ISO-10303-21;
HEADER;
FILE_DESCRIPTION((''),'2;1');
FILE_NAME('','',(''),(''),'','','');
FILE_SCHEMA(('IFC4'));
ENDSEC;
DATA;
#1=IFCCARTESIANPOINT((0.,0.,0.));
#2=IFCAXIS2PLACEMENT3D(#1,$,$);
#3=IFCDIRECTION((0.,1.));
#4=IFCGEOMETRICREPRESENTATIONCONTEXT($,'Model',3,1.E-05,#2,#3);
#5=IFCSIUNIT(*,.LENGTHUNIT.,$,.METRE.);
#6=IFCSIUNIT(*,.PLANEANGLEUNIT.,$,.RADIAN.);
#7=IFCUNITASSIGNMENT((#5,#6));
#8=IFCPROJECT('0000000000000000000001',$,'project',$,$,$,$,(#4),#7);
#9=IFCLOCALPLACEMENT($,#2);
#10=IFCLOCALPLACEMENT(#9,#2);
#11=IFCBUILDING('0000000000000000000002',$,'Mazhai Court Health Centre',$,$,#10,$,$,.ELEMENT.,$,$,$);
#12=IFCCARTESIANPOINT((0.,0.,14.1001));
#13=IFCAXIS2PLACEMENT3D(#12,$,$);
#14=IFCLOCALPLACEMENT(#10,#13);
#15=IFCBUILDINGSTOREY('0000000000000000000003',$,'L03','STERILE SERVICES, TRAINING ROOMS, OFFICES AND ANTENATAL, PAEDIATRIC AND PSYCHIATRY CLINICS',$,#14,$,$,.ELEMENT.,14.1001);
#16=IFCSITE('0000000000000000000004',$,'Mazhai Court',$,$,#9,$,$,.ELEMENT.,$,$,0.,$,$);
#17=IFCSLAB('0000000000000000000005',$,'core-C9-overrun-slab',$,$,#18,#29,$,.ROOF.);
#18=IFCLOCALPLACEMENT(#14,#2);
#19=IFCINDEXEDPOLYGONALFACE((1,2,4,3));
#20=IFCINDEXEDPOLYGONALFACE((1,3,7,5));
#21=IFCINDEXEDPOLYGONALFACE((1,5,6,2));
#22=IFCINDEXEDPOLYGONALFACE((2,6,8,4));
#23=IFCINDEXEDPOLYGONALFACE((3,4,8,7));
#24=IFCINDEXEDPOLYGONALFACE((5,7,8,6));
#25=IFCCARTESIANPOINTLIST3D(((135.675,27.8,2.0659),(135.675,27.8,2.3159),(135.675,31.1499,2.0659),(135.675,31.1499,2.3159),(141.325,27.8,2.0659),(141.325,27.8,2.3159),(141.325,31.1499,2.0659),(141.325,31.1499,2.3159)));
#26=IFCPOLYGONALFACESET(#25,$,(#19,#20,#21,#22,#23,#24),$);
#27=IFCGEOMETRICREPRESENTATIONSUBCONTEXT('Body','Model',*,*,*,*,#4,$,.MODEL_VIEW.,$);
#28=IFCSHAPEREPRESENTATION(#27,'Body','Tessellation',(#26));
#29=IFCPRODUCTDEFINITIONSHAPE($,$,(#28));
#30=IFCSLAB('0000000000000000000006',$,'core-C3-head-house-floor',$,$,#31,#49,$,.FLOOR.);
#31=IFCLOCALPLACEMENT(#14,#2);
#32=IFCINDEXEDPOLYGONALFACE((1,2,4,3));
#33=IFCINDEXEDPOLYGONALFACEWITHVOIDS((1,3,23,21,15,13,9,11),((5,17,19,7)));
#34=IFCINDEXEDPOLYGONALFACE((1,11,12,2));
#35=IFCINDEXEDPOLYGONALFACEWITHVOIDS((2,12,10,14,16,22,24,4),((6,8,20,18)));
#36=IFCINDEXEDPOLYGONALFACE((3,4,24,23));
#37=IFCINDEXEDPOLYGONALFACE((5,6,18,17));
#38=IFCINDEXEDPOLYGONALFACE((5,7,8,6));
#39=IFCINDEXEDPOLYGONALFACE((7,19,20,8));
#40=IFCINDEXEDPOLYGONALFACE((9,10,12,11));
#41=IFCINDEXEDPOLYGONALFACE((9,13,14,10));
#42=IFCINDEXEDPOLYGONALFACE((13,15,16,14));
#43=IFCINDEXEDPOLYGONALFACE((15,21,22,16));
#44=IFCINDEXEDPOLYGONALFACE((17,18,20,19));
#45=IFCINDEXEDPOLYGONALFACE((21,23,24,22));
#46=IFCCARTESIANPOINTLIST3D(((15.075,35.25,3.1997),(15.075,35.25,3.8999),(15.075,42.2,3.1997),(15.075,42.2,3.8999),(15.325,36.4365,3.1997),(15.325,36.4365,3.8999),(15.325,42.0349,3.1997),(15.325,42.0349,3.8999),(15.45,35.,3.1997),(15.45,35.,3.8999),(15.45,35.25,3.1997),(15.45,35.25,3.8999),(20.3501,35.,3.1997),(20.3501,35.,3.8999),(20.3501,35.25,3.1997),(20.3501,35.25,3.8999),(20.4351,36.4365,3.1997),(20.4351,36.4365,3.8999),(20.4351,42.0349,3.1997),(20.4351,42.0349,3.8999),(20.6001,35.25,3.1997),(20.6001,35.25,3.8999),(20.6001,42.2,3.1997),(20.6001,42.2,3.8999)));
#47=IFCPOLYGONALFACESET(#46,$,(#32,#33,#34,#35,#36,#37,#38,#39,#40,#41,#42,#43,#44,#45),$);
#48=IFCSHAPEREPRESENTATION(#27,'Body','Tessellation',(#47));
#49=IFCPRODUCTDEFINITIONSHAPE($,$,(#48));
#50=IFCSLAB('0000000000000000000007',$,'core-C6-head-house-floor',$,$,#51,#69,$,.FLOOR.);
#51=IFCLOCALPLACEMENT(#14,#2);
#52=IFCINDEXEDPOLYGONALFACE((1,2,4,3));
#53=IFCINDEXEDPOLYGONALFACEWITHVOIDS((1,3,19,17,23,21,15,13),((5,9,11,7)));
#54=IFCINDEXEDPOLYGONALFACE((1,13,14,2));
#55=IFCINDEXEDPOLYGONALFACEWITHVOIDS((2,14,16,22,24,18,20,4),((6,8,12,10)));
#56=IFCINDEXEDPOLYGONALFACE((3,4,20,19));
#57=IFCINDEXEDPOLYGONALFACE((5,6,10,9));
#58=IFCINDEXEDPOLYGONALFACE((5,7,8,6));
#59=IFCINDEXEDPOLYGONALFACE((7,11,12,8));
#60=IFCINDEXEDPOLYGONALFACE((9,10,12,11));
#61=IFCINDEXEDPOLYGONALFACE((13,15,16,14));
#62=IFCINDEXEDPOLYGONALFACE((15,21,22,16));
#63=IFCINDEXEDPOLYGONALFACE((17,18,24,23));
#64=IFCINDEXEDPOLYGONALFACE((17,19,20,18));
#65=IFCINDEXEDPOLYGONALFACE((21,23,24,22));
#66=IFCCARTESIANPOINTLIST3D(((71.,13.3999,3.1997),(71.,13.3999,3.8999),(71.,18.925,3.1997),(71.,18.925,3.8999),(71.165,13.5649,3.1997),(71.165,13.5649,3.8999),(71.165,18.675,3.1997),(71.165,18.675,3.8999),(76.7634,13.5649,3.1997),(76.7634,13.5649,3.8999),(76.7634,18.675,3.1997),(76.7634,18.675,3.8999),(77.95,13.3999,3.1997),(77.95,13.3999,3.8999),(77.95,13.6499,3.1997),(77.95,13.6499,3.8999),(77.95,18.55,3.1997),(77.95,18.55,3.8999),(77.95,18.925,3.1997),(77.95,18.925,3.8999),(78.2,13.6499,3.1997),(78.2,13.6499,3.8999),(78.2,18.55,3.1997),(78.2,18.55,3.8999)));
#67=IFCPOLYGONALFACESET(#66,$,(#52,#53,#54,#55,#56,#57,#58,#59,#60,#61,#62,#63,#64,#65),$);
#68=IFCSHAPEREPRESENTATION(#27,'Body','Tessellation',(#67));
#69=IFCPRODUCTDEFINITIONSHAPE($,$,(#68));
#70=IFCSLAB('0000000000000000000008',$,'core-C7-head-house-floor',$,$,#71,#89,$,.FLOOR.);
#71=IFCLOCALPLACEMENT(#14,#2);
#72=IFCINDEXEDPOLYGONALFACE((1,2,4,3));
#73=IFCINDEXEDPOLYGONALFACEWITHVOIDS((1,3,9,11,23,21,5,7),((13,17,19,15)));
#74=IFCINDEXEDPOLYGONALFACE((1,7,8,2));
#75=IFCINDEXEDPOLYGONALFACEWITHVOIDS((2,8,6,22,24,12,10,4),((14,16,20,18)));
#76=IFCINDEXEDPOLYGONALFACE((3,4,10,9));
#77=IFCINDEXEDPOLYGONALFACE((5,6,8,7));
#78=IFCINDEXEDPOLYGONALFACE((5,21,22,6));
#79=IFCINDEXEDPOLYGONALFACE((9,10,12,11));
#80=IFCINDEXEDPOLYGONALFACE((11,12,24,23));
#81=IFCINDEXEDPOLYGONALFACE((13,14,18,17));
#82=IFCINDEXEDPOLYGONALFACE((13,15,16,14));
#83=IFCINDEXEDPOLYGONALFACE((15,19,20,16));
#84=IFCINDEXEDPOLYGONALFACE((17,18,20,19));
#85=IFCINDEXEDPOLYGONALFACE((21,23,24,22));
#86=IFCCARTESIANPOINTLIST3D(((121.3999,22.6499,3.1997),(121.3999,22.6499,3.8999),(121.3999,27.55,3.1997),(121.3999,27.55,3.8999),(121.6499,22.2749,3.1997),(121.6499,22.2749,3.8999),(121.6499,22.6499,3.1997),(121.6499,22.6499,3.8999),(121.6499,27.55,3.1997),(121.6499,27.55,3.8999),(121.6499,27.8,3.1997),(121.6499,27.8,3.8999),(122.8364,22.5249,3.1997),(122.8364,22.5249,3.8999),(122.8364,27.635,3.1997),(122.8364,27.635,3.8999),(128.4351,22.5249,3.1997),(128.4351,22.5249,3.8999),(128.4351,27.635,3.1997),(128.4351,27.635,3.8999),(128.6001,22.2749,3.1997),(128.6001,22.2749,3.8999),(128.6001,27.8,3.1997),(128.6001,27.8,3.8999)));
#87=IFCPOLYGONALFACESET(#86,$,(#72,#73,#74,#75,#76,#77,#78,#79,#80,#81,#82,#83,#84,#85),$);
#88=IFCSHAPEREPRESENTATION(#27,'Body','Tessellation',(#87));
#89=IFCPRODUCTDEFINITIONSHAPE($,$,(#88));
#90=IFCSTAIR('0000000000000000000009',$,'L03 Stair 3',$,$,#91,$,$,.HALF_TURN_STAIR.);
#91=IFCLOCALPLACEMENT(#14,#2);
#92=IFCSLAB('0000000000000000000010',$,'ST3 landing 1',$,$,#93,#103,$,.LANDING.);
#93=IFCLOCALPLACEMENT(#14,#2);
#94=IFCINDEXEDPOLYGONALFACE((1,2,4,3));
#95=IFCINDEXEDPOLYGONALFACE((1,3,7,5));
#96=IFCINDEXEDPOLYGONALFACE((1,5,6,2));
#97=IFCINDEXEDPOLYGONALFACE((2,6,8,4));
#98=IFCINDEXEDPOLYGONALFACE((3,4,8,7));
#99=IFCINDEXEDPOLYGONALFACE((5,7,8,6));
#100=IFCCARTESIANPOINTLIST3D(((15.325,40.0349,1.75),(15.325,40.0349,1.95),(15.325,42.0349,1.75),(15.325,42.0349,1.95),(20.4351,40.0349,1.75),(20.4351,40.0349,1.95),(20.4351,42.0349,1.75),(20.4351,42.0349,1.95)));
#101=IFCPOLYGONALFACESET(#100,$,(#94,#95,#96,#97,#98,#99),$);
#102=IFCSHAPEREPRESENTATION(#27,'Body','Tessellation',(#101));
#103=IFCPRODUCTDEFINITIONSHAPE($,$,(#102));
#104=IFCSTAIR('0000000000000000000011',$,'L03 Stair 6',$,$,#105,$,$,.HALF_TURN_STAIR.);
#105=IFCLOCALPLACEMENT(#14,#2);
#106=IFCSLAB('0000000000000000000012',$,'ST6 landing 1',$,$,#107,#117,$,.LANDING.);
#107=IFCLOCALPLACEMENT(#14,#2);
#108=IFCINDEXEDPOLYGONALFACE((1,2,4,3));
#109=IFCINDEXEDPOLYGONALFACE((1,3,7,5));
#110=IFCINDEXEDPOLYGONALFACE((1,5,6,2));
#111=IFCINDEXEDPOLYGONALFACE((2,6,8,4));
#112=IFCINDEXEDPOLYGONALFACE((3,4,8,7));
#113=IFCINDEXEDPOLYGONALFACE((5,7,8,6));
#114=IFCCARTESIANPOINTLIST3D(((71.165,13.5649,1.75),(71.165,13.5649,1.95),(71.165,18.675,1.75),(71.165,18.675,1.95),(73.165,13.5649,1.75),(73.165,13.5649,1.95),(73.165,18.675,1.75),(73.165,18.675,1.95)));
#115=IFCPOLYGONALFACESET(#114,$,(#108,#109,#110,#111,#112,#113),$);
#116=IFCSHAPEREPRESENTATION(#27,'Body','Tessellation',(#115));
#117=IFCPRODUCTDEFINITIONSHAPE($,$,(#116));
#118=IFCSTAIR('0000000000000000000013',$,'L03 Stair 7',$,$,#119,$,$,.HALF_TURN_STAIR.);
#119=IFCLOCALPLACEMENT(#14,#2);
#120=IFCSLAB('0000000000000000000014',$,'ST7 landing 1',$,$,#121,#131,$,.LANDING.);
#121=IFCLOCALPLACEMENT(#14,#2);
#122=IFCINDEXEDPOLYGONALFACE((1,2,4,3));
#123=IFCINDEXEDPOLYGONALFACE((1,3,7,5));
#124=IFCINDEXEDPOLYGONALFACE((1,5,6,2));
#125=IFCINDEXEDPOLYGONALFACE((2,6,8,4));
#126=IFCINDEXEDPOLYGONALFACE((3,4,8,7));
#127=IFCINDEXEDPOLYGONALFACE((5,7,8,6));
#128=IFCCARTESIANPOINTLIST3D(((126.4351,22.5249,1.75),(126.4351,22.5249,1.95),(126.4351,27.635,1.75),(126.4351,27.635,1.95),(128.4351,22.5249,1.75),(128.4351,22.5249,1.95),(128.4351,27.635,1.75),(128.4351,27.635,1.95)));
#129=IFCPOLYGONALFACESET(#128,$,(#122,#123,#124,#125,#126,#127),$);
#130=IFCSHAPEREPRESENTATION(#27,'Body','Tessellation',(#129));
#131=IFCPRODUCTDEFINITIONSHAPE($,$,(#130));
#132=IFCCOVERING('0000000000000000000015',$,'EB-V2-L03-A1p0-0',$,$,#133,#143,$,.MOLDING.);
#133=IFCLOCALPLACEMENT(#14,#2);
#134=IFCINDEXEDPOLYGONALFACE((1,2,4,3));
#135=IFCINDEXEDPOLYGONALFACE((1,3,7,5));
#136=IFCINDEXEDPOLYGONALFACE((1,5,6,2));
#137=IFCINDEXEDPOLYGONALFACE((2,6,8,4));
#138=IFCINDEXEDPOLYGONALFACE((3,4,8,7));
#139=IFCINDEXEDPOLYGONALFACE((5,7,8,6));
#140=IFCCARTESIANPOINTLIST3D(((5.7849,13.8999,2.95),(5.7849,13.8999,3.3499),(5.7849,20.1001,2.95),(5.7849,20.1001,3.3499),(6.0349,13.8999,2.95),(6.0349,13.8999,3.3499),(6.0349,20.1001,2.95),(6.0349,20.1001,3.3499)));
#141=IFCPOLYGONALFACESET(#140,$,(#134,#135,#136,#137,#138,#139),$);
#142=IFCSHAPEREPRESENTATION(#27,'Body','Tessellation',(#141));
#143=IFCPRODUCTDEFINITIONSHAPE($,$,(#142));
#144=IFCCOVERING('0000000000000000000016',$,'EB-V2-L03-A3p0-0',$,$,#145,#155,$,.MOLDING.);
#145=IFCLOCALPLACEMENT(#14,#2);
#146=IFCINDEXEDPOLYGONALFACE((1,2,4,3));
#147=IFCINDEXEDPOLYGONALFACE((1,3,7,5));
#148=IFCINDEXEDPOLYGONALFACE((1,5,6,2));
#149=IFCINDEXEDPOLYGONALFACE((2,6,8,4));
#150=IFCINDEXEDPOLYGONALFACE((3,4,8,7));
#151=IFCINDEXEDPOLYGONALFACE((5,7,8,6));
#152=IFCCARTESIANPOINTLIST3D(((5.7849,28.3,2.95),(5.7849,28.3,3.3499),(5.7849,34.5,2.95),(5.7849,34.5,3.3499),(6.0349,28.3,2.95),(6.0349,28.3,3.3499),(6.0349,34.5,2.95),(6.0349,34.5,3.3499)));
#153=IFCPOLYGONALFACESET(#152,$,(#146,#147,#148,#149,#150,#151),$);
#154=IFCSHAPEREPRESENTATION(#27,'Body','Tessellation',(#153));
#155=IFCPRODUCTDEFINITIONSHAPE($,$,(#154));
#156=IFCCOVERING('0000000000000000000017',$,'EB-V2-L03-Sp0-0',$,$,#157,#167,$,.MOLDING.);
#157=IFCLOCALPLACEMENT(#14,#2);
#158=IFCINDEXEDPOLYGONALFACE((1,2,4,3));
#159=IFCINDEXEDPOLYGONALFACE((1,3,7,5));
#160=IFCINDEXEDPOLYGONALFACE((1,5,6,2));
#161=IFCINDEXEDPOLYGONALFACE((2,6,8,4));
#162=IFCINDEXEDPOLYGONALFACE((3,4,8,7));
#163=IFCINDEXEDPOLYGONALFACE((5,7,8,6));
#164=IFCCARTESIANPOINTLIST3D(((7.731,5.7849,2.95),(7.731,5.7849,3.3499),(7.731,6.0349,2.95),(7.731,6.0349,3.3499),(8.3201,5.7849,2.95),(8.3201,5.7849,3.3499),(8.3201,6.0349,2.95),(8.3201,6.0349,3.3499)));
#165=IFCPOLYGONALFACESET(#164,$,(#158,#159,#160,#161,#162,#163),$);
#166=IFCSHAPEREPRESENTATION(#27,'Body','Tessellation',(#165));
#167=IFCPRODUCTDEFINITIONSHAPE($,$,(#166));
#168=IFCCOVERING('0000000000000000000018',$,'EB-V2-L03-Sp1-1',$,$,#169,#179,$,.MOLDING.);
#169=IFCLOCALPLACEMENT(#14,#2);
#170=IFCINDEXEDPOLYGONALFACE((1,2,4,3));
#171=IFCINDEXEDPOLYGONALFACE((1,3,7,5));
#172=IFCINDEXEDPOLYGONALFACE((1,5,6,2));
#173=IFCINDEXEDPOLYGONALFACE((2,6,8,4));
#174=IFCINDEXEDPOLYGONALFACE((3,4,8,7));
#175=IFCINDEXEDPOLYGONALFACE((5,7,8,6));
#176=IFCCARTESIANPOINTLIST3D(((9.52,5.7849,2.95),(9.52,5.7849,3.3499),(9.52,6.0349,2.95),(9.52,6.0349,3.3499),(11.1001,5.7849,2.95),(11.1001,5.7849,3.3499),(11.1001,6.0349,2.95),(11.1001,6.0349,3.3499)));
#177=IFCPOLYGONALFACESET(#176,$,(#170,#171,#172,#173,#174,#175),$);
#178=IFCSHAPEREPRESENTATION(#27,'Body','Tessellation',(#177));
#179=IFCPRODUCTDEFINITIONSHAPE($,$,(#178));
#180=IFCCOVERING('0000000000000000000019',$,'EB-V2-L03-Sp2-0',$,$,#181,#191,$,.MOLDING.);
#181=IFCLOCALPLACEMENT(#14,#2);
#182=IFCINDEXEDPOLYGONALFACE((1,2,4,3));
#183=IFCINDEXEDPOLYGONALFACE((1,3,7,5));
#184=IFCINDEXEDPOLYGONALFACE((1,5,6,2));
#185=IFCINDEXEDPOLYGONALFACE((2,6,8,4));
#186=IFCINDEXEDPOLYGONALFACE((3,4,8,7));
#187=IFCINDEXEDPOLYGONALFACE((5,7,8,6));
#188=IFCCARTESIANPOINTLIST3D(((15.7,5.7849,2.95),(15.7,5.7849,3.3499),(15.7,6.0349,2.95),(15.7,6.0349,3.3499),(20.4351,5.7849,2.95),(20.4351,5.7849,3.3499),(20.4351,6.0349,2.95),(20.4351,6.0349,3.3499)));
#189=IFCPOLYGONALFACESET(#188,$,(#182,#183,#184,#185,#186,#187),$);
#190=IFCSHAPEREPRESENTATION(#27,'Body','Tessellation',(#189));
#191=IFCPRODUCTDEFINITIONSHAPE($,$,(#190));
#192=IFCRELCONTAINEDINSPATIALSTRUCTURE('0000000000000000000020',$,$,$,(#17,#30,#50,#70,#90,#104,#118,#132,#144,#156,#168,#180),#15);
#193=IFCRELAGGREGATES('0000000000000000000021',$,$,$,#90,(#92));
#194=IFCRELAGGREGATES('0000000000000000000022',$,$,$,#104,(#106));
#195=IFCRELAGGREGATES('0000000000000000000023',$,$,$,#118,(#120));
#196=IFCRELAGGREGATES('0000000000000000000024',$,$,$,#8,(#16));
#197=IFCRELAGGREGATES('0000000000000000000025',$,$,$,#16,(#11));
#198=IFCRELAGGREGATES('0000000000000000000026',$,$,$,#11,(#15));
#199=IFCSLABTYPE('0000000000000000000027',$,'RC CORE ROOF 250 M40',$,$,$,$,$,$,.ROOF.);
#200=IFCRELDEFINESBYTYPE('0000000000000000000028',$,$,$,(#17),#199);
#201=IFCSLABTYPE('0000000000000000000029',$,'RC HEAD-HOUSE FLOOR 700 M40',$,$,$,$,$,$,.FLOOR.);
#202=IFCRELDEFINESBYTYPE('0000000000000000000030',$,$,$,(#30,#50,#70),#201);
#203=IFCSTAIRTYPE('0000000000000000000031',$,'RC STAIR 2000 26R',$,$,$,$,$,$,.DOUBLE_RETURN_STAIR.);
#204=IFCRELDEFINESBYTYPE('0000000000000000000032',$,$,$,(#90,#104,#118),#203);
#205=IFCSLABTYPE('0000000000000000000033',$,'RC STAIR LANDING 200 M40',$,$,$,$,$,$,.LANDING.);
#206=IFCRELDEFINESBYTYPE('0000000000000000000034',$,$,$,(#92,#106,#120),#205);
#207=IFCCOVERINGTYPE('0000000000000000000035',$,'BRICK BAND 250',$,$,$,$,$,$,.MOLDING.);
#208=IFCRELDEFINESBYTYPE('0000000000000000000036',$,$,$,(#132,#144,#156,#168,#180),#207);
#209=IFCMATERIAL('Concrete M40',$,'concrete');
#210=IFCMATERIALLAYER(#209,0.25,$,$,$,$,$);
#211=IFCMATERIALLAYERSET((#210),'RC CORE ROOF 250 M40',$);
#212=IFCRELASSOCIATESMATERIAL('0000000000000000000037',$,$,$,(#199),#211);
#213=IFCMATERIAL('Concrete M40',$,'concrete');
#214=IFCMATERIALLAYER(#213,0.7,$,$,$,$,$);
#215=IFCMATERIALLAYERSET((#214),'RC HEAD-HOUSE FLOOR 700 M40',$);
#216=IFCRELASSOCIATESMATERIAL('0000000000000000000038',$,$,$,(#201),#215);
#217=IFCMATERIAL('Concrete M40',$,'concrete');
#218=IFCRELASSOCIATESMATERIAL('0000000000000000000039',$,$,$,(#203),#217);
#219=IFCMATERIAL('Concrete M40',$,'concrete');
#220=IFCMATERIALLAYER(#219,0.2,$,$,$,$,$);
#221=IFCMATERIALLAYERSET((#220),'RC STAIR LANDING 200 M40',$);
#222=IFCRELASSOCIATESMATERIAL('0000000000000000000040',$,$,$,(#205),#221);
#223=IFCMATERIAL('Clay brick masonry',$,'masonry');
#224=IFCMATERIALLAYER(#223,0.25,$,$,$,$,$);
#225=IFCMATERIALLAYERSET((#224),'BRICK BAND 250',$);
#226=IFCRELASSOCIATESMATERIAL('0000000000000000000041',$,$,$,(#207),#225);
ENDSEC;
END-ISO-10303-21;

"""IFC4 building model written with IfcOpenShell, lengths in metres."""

from ifc_helpers import new_model, si_unit, direction, frame, origin, place, context, subcontext, project, spatial, polyline, outline, extrude, material, layer, layer_set, type_object, element, aggregate, save


model = new_model("IFC4")

# Units and contexts
model_context = context("Model", 3, precision=1e-05, world=origin(), true_north=direction((0.0, 1.0)))
body_context = subcontext(model_context, "Body", "Model", "MODEL_VIEW")
ifc_project = project(units=[si_unit("LENGTHUNIT", "METRE"), si_unit("PLANEANGLEUNIT", "RADIAN")], contexts=[model_context])

# Site, building, storey
site_placement = place(None, origin())
site = spatial("IfcSite", under=ifc_project, at=site_placement, Name="Mazhai Court", CompositionType="ELEMENT", RefElevation=0.0)
building_placement = place(site_placement, origin())
building = spatial("IfcBuilding", under=site, at=building_placement, Name="Mazhai Court Health Centre", CompositionType="ELEMENT")
storey_placement = place(building_placement, frame((0.0, 0.0, 14.1001)))
storey = spatial("IfcBuildingStorey", under=building, at=storey_placement, Name="L03", Description="STERILE SERVICES, TRAINING ROOMS, OFFICES AND ANTENATAL, PAEDIATRIC AND PSYCHIATRY CLINICS", CompositionType="ELEMENT", Elevation=14.1001)

# Slabs
ifc_material_1 = material(Name="Concrete M40", Category="concrete")
ifc_layer_1 = layer(ifc_material_1, 0.25)
ifc_layer_set_1 = layer_set([ifc_layer_1], Name="RC CORE ROOF 250 M40")
slab_type_1 = type_object("IfcSlabType", Name="RC CORE ROOF 250 M40", PredefinedType="ROOF", material=ifc_layer_set_1)
slab_1_placement = place(storey_placement, frame((0.0, 0.0, 2.0659)))
element("IfcSlab", 1, at=slab_1_placement, inside=storey, type_object=slab_type_1, Name="core-C9-overrun-slab", PredefinedType="ROOF", context=body_context, shape_type="SweptSolid", body=[
    extrude(outline(polyline([(135.675, 27.8), (135.675, 31.1499), (141.325, 31.1499), (141.325, 27.8), (135.675, 27.8)])), origin(), (0.0, 0.0, 1.0), 0.25),
])
ifc_material_2 = material(Name="Concrete M40", Category="concrete")
ifc_layer_2 = layer(ifc_material_2, 0.7)
ifc_layer_set_2 = layer_set([ifc_layer_2], Name="RC HEAD-HOUSE FLOOR 700 M40")
slab_type_2 = type_object("IfcSlabType", Name="RC HEAD-HOUSE FLOOR 700 M40", PredefinedType="FLOOR", material=ifc_layer_set_2)
slab_2_placement = place(storey_placement, frame((0.0, 0.0, 3.1997)))
element("IfcSlab", 2, at=slab_2_placement, inside=storey, type_object=slab_type_2, Name="core-C3-head-house-floor", PredefinedType="FLOOR", context=body_context, shape_type="SweptSolid", body=[
    extrude(outline(polyline([(20.6001, 35.25), (20.3501, 35.25), (20.3501, 35.0), (15.45, 35.0), (15.45, 35.25), (15.075, 35.25), (15.075, 42.2), (20.6001, 42.2), (20.6001, 35.25)]), holes=[polyline([(20.4351, 36.4365), (20.4351, 42.0349), (15.325, 42.0349), (15.325, 36.4365), (20.4351, 36.4365)])]), origin(), (0.0, 0.0, 1.0), 0.7002),
])
slab_3_placement = place(storey_placement, frame((0.0, 0.0, 3.1997)))
element("IfcSlab", 3, at=slab_3_placement, inside=storey, type_object=slab_type_2, Name="core-C6-head-house-floor", PredefinedType="FLOOR", context=body_context, shape_type="SweptSolid", body=[
    extrude(outline(polyline([(77.95, 18.55), (78.2, 18.55), (78.2, 13.6499), (77.95, 13.6499), (77.95, 13.3999), (71.0, 13.3999), (71.0, 18.925), (77.95, 18.925), (77.95, 18.55)]), holes=[polyline([(76.7634, 18.675), (71.165, 18.675), (71.165, 13.5649), (76.7634, 13.5649), (76.7634, 18.675)])]), origin(), (0.0, 0.0, 1.0), 0.7002),
])
slab_4_placement = place(storey_placement, frame((0.0, 0.0, 3.1997)))
element("IfcSlab", 4, at=slab_4_placement, inside=storey, type_object=slab_type_2, Name="core-C7-head-house-floor", PredefinedType="FLOOR", context=body_context, shape_type="SweptSolid", body=[
    extrude(outline(polyline([(121.6499, 22.6499), (121.3999, 22.6499), (121.3999, 27.55), (121.6499, 27.55), (121.6499, 27.8), (128.6001, 27.8), (128.6001, 22.2749), (121.6499, 22.2749), (121.6499, 22.6499)]), holes=[polyline([(122.8364, 27.635), (122.8364, 22.5249), (128.4351, 22.5249), (128.4351, 27.635), (122.8364, 27.635)])]), origin(), (0.0, 0.0, 1.0), 0.7002),
])

# Stairs, slabs
ifc_material_3 = material(Name="Concrete M40", Category="concrete")
stair_type = type_object("IfcStairType", Name="RC STAIR 2000 26R", PredefinedType="DOUBLE_RETURN_STAIR", material=ifc_material_3)
stair_1_placement = place(storey_placement, origin())
stair_1 = element("IfcStair", 5, at=stair_1_placement, inside=storey, type_object=stair_type, Name="L03 Stair 3", PredefinedType="HALF_TURN_STAIR")
ifc_material_4 = material(Name="Concrete M40", Category="concrete")
ifc_layer_3 = layer(ifc_material_4, 0.2)
ifc_layer_set_3 = layer_set([ifc_layer_3], Name="RC STAIR LANDING 200 M40")
slab_type_3 = type_object("IfcSlabType", Name="RC STAIR LANDING 200 M40", PredefinedType="LANDING", material=ifc_layer_set_3)
slab_5_placement = place(storey_placement, frame((0.0, 0.0, 1.75)))
slab_5 = element("IfcSlab", 6, at=slab_5_placement, type_object=slab_type_3, Name="ST3 landing 1", PredefinedType="LANDING", context=body_context, shape_type="SweptSolid", body=[
    extrude(outline(polyline([(20.4351, 40.0349), (20.4351, 42.0349), (15.325, 42.0349), (15.325, 40.0349), (20.4351, 40.0349)])), origin(), (0.0, 0.0, 1.0), 0.2),
])
aggregate(stair_1, [slab_5])
stair_2_placement = place(storey_placement, origin())
stair_2 = element("IfcStair", 7, at=stair_2_placement, inside=storey, type_object=stair_type, Name="L03 Stair 6", PredefinedType="HALF_TURN_STAIR")
slab_6_placement = place(storey_placement, frame((0.0, 0.0, 1.75)))
slab_6 = element("IfcSlab", 8, at=slab_6_placement, type_object=slab_type_3, Name="ST6 landing 1", PredefinedType="LANDING", context=body_context, shape_type="SweptSolid", body=[
    extrude(outline(polyline([(73.165, 18.675), (71.165, 18.675), (71.165, 13.5649), (73.165, 13.5649), (73.165, 18.675)])), origin(), (0.0, 0.0, 1.0), 0.2),
])
aggregate(stair_2, [slab_6])
stair_3_placement = place(storey_placement, origin())
stair_3 = element("IfcStair", 9, at=stair_3_placement, inside=storey, type_object=stair_type, Name="L03 Stair 7", PredefinedType="HALF_TURN_STAIR")
slab_7_placement = place(storey_placement, frame((0.0, 0.0, 1.75)))
slab_7 = element("IfcSlab", 10, at=slab_7_placement, type_object=slab_type_3, Name="ST7 landing 1", PredefinedType="LANDING", context=body_context, shape_type="SweptSolid", body=[
    extrude(outline(polyline([(126.4351, 22.5249), (128.4351, 22.5249), (128.4351, 27.635), (126.4351, 27.635), (126.4351, 22.5249)])), origin(), (0.0, 0.0, 1.0), 0.2),
])
aggregate(stair_3, [slab_7])

# Coverings
ifc_material_5 = material(Name="Clay brick masonry", Category="masonry")
ifc_layer_4 = layer(ifc_material_5, 0.25)
ifc_layer_set_4 = layer_set([ifc_layer_4], Name="BRICK BAND 250")
covering_type_1 = type_object("IfcCoveringType", Name="BRICK BAND 250", PredefinedType="MOLDING", material=ifc_layer_set_4)
covering_1_placement = place(storey_placement, frame((0.0, 0.0, 2.95)))
element("IfcCovering", 11, at=covering_1_placement, inside=storey, type_object=covering_type_1, Name="EB-V2-L03-A1p0-0", PredefinedType="MOLDING", context=body_context, shape_type="SweptSolid", body=[
    extrude(outline(polyline([(6.0349, 13.8999), (6.0349, 20.1001), (5.7849, 20.1001), (5.7849, 13.8999), (6.0349, 13.8999)])), origin(), (0.0, 0.0, 1.0), 0.3999),
])
covering_2_placement = place(storey_placement, frame((0.0, 0.0, 2.95)))
element("IfcCovering", 12, at=covering_2_placement, inside=storey, type_object=covering_type_1, Name="EB-V2-L03-A3p0-0", PredefinedType="MOLDING", context=body_context, shape_type="SweptSolid", body=[
    extrude(outline(polyline([(6.0349, 28.3), (6.0349, 34.5), (5.7849, 34.5), (5.7849, 28.3), (6.0349, 28.3)])), origin(), (0.0, 0.0, 1.0), 0.3999),
])
covering_3_placement = place(storey_placement, frame((0.0, 0.0, 2.95)))
element("IfcCovering", 13, at=covering_3_placement, inside=storey, type_object=covering_type_1, Name="EB-V2-L03-Sp0-0", PredefinedType="MOLDING", context=body_context, shape_type="SweptSolid", body=[
    extrude(outline(polyline([(8.3201, 6.0349), (7.731, 6.0349), (7.731, 5.7849), (8.3201, 5.7849), (8.3201, 6.0349)])), origin(), (0.0, 0.0, 1.0), 0.3999),
])
covering_4_placement = place(storey_placement, frame((0.0, 0.0, 2.95)))
element("IfcCovering", 14, at=covering_4_placement, inside=storey, type_object=covering_type_1, Name="EB-V2-L03-Sp1-1", PredefinedType="MOLDING", context=body_context, shape_type="SweptSolid", body=[
    extrude(outline(polyline([(11.1001, 6.0349), (9.52, 6.0349), (9.52, 5.7849), (11.1001, 5.7849), (11.1001, 6.0349)])), origin(), (0.0, 0.0, 1.0), 0.3999),
])
covering_5_placement = place(storey_placement, frame((0.0, 0.0, 2.95)))
element("IfcCovering", 15, at=covering_5_placement, inside=storey, type_object=covering_type_1, Name="EB-V2-L03-Sp2-0", PredefinedType="MOLDING", context=body_context, shape_type="SweptSolid", body=[
    extrude(outline(polyline([(20.4351, 6.0349), (15.7, 6.0349), (15.7, 5.7849), (20.4351, 5.7849), (20.4351, 6.0349)])), origin(), (0.0, 0.0, 1.0), 0.3999),
])

save(model, "model.ifc")
